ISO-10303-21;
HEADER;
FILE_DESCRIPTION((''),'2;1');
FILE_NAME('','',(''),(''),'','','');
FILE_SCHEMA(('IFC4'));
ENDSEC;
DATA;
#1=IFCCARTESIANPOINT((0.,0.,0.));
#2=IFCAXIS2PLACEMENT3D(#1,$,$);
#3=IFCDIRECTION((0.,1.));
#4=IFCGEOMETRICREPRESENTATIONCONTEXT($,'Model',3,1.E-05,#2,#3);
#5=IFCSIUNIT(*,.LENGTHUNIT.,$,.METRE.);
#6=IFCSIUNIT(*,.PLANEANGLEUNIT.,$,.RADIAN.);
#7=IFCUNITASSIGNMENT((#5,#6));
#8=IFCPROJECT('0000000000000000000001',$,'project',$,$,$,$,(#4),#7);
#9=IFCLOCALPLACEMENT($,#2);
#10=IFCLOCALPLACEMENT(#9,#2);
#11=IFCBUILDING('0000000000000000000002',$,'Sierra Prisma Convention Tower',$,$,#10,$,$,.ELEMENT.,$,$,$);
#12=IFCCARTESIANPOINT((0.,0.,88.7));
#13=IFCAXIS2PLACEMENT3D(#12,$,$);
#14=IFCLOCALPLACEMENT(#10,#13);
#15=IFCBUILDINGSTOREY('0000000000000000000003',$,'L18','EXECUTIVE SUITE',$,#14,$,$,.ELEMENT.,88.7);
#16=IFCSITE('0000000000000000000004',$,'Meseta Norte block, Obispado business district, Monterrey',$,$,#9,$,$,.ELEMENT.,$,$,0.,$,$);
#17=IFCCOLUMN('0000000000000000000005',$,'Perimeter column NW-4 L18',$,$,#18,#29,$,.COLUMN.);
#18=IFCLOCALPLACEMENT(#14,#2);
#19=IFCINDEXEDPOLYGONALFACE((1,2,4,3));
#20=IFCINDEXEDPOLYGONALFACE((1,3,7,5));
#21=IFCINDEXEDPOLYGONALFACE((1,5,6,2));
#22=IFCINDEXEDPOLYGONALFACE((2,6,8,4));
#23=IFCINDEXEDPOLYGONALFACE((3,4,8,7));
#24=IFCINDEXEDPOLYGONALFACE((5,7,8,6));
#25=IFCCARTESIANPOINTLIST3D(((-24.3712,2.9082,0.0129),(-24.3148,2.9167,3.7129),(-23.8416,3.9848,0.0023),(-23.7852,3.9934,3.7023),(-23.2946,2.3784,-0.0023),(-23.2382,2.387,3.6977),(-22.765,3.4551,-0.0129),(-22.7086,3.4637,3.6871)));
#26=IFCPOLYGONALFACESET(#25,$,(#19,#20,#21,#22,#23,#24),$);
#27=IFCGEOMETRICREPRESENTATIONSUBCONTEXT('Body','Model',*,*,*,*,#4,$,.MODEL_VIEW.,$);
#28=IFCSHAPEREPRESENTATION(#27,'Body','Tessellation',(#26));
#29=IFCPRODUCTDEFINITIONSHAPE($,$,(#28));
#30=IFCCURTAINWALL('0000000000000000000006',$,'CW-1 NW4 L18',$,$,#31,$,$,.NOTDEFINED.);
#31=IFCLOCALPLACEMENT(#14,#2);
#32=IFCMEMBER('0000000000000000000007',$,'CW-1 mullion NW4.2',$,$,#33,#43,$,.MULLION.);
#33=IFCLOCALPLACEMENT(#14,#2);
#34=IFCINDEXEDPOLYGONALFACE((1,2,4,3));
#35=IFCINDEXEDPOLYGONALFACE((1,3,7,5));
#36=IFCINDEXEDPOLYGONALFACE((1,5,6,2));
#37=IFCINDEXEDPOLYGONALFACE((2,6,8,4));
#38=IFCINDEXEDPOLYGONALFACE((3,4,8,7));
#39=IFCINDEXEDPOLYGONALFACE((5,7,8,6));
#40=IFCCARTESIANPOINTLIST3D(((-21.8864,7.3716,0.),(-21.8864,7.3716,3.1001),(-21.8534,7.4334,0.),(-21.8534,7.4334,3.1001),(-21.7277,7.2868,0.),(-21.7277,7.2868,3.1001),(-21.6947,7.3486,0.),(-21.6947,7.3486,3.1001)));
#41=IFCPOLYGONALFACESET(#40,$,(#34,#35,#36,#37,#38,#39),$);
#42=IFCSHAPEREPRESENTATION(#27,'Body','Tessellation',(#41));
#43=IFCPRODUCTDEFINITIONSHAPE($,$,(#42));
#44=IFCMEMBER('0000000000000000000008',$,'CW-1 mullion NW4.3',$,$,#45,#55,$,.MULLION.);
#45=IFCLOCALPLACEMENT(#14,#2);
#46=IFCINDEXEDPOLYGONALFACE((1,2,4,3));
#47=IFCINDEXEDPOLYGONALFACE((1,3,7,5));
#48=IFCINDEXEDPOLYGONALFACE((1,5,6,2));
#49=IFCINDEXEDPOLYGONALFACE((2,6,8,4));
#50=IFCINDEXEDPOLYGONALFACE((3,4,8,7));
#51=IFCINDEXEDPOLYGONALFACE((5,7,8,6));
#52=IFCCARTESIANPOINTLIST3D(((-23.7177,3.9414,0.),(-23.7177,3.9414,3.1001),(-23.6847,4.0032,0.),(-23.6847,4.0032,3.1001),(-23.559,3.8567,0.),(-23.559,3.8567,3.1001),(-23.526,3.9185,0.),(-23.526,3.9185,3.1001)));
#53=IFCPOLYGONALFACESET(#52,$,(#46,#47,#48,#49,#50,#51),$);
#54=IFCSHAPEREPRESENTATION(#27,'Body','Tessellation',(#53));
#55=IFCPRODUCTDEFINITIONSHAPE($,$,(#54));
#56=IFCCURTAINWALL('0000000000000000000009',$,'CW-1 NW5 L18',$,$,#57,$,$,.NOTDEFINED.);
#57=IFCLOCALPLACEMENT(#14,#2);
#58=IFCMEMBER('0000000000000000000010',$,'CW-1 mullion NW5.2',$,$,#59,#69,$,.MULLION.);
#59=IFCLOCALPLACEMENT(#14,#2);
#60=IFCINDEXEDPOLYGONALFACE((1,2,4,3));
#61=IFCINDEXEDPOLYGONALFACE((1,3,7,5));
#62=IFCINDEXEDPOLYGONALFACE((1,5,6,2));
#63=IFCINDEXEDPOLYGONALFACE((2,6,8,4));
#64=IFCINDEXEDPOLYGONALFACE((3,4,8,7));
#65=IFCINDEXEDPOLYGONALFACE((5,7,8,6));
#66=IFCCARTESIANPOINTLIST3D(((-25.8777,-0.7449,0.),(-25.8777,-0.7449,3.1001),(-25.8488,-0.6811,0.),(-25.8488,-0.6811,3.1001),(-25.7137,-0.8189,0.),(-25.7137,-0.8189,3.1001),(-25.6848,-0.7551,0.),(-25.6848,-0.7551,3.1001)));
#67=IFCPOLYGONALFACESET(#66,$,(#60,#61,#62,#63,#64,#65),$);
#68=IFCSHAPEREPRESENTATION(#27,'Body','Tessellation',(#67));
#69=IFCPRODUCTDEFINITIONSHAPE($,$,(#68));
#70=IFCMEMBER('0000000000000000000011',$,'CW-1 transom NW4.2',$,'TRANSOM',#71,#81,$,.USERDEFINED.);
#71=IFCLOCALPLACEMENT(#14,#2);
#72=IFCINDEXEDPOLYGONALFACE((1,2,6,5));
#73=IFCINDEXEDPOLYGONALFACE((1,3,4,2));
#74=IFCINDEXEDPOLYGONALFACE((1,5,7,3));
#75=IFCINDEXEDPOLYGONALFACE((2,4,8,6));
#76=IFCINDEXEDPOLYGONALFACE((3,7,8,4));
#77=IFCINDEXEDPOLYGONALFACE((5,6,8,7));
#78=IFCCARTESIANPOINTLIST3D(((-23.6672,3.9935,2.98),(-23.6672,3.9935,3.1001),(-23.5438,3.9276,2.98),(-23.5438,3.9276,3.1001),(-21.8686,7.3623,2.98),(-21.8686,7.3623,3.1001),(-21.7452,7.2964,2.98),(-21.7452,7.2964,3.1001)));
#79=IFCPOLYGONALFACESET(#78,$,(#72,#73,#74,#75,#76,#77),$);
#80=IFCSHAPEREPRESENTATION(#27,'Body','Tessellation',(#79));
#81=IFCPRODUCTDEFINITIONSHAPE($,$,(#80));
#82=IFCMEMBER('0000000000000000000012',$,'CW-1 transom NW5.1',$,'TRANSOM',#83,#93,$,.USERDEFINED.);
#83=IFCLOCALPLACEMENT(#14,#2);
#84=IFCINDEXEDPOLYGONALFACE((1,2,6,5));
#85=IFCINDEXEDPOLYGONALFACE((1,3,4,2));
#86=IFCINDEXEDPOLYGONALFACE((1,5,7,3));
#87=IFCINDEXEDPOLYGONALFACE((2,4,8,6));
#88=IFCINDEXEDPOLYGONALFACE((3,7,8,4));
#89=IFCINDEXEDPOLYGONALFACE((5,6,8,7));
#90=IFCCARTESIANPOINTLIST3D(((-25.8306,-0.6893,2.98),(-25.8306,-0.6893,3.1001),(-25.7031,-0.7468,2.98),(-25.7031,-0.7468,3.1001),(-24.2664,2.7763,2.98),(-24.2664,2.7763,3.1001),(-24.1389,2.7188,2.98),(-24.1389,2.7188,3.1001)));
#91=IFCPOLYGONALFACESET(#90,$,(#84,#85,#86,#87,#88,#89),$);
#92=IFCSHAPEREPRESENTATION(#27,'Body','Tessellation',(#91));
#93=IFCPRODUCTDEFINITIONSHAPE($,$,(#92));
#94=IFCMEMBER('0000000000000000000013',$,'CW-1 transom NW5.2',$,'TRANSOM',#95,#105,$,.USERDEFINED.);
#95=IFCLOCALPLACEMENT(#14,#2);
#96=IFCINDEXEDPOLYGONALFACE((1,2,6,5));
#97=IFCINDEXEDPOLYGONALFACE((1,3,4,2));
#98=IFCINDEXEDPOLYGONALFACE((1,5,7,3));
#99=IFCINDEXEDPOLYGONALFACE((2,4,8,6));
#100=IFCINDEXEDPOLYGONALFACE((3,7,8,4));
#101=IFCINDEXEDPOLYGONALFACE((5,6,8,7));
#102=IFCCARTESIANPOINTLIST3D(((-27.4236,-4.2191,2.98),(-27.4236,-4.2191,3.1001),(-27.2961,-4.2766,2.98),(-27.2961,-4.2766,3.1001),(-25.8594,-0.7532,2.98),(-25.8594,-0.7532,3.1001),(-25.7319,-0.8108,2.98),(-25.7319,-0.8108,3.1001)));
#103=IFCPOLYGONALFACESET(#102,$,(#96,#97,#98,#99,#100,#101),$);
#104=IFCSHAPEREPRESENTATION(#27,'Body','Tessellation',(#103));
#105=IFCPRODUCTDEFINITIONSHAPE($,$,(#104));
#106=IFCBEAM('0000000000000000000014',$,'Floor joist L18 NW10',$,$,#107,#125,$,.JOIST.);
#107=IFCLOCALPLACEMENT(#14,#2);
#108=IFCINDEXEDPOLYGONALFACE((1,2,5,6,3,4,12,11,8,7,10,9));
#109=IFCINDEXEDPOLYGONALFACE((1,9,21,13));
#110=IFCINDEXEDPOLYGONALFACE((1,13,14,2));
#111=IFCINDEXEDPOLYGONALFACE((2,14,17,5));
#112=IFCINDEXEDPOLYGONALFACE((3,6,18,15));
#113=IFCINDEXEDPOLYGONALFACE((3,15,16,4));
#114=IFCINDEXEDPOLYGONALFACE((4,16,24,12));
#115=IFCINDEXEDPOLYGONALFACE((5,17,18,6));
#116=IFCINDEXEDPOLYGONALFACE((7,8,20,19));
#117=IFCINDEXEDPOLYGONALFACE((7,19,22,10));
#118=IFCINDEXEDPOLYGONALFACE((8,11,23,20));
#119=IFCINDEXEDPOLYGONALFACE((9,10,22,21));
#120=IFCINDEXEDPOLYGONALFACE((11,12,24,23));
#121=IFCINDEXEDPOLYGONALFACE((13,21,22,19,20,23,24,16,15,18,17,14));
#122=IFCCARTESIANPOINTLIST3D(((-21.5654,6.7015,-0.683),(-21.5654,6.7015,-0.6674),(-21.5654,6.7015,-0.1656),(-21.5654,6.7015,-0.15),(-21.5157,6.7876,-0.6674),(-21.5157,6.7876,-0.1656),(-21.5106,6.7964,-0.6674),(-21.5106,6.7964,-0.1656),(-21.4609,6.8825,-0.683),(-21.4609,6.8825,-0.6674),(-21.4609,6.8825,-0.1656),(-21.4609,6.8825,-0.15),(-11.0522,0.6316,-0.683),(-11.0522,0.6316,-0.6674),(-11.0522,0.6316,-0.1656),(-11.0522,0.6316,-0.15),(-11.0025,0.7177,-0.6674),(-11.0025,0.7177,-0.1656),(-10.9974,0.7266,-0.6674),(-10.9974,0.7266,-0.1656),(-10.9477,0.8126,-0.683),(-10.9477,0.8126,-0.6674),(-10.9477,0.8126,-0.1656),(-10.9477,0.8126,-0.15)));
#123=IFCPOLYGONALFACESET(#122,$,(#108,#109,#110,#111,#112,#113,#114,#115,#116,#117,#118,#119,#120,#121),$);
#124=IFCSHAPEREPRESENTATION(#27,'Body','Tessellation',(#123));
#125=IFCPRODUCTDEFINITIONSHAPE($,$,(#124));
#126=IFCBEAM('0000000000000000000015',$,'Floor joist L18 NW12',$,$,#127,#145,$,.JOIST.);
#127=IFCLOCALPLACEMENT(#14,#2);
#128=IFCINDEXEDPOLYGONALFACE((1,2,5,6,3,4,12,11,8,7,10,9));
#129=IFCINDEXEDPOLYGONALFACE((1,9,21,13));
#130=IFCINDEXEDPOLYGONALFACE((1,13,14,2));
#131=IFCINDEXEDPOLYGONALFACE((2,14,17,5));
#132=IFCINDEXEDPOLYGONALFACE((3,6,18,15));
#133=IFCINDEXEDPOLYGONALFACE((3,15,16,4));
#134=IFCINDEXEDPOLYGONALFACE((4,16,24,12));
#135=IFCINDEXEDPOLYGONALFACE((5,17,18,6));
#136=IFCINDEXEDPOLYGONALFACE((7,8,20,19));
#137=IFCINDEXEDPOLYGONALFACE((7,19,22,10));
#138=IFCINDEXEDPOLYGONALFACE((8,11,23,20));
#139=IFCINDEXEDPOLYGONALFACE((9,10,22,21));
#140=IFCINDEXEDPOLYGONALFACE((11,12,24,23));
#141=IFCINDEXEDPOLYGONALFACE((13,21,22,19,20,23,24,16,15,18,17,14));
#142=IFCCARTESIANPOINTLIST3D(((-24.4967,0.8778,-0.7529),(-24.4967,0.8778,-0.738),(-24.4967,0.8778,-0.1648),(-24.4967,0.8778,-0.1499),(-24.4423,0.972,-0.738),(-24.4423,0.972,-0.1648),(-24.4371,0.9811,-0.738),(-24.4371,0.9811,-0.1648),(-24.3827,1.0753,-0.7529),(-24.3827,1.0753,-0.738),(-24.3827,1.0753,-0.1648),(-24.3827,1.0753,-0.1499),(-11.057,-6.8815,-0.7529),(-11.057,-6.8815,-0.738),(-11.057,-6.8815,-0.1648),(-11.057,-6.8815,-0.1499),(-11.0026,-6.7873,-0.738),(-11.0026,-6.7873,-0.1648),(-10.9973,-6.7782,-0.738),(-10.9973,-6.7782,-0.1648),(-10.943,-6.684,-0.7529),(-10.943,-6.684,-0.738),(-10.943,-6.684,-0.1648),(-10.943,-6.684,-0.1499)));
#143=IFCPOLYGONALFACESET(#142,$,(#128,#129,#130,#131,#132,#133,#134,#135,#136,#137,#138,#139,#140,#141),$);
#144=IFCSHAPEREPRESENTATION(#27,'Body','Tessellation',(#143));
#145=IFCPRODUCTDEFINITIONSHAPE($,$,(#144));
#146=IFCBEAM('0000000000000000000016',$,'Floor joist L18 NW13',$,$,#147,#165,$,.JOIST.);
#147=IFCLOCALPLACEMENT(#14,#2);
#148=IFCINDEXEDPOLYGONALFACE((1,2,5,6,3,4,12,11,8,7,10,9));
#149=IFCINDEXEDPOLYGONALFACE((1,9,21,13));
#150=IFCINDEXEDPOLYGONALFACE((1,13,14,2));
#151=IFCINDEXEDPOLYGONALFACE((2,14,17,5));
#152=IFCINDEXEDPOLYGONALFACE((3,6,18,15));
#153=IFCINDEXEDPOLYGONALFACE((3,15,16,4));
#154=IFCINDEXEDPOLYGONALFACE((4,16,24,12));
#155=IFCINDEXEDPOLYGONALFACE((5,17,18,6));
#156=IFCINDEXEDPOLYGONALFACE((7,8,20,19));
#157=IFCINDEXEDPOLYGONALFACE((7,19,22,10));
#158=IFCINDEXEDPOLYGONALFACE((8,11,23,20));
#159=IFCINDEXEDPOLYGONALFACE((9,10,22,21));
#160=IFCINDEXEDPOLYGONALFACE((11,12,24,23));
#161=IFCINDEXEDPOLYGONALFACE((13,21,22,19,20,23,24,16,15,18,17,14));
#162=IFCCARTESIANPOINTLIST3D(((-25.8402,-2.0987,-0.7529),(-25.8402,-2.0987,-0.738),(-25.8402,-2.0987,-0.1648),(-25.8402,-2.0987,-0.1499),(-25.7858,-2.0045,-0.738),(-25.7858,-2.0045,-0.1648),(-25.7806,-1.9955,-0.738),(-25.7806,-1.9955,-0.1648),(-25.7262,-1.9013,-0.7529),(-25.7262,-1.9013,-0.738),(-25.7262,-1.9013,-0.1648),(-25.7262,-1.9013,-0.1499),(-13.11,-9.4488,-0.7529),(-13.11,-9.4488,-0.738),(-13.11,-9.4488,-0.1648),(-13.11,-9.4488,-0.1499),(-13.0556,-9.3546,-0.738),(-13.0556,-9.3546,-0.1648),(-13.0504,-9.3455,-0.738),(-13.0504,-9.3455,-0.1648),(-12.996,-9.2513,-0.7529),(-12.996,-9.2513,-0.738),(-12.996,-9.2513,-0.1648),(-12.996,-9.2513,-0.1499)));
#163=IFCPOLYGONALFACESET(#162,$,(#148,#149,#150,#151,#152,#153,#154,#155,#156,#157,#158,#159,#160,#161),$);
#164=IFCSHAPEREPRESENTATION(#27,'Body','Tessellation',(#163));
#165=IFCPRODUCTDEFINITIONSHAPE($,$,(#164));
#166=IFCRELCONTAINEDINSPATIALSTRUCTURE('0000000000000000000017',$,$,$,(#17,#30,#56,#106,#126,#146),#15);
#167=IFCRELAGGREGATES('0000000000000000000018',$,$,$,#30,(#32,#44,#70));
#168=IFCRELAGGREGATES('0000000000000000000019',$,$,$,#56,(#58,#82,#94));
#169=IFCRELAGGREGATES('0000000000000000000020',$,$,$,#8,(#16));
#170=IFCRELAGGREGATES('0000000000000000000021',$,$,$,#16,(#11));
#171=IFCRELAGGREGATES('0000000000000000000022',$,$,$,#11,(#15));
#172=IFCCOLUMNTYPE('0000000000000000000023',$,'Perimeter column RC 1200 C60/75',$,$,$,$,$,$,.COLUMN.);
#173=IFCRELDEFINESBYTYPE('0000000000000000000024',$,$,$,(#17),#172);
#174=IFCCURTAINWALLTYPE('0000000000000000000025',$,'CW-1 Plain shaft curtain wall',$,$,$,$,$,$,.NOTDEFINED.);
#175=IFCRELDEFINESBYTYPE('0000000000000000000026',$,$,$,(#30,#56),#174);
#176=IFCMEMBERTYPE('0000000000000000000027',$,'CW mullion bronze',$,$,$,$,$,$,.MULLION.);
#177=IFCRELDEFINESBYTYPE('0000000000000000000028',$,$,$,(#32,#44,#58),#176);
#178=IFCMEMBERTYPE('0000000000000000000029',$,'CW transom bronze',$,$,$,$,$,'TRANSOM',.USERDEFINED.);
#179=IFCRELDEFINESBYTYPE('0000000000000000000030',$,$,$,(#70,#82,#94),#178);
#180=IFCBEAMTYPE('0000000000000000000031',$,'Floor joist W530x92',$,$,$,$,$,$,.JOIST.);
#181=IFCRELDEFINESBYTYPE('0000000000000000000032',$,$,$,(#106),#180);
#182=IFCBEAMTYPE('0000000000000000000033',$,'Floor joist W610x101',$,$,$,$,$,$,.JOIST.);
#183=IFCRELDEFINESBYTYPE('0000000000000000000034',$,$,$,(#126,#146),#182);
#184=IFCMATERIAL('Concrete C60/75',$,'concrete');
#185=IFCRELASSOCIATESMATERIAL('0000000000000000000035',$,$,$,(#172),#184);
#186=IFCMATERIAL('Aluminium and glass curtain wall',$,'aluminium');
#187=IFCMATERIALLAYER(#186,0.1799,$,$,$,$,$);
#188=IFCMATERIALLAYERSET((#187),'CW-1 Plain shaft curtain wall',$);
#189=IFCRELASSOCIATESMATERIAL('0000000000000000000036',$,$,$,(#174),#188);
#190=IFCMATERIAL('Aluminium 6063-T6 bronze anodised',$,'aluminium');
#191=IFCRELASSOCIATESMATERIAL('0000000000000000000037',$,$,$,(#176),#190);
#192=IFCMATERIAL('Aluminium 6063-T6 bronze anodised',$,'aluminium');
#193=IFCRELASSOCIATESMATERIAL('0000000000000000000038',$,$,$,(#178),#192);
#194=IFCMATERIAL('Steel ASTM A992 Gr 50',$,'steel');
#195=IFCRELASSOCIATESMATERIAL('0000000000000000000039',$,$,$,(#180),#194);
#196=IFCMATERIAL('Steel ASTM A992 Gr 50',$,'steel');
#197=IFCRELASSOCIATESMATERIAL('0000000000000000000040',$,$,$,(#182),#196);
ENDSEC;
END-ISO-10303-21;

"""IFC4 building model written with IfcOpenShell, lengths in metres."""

from ifc_helpers import new_model, si_unit, direction, frame, origin, origin_2d, place, context, subcontext, project, spatial, rectangle, i_section, extrude, material, layer, layer_set, material_profile, profile_set, type_object, element, aggregate, save


model = new_model("IFC4")

# Units and contexts
model_context = context("Model", 3, precision=1e-05, world=origin(), true_north=direction((0.0, 1.0)))
body_context = subcontext(model_context, "Body", "Model", "MODEL_VIEW")
ifc_project = project(units=[si_unit("LENGTHUNIT", "METRE"), si_unit("PLANEANGLEUNIT", "RADIAN")], contexts=[model_context])

# Site, building, storey
site_placement = place(None, origin())
site = spatial("IfcSite", under=ifc_project, at=site_placement, Name="Meseta Norte block, Obispado business district, Monterrey", CompositionType="ELEMENT", RefElevation=0.0)
building_placement = place(site_placement, origin())
building = spatial("IfcBuilding", under=site, at=building_placement, Name="Sierra Prisma Convention Tower", CompositionType="ELEMENT")
storey_placement = place(building_placement, frame((0.0, 0.0, 88.7)))
storey = spatial("IfcBuildingStorey", under=building, at=storey_placement, Name="L18", Description="EXECUTIVE SUITE", CompositionType="ELEMENT", Elevation=88.7)

# Column
ifc_material_1 = material(Name="Concrete C60/75", Category="concrete")
ifc_material_profile_1 = material_profile(ifc_material_1, rectangle(XDim=1.2, YDim=1.2, at=origin_2d()), Name="Perimeter column RC 1200 C60/75")
ifc_profile_set_1 = profile_set([ifc_material_profile_1], Name="Concrete C60/75")
column_type = type_object("IfcColumnType", Name="Perimeter column RC 1200 C60/75", PredefinedType="COLUMN", material=ifc_profile_set_1)
column_placement = place(storey_placement, frame((-23.5681, 3.1816, 0.0), z_axis=(0.015241, 0.002309, 0.999881), x_axis=(0.441368, 0.897283, -0.0088)))
element("IfcColumn", 1, at=column_placement, inside=storey, type_object=column_type, Name="Perimeter column NW-4 L18", PredefinedType="COLUMN", context=body_context, shape_type="SweptSolid", body=[
    extrude(rectangle(XDim=1.2, YDim=1.2, at=origin_2d()), origin(), (0.0, 0.0, 1.0), 3.7004),
])

# Curtain wall, members
ifc_material_2 = material(Name="Aluminium and glass curtain wall", Category="aluminium")
ifc_layer_1 = layer(ifc_material_2, 0.1799)
ifc_layer_set_1 = layer_set([ifc_layer_1], Name="CW-1 Plain shaft curtain wall")
curtain_wall_type = type_object("IfcCurtainWallType", Name="CW-1 Plain shaft curtain wall", PredefinedType="NOTDEFINED", material=ifc_layer_set_1)
curtain_wall_1_placement = place(storey_placement, origin())
curtain_wall_1 = element("IfcCurtainWall", 2, at=curtain_wall_1_placement, inside=storey, type_object=curtain_wall_type, Name="CW-1 NW4 L18", PredefinedType="NOTDEFINED")
ifc_material_3 = material(Name="Aluminium 6063-T6 bronze anodised", Category="aluminium")
ifc_material_profile_2 = material_profile(ifc_material_3, rectangle(XDim=0.1799, YDim=0.0701, at=origin_2d()), Name="ALU MULLION 70x180")
ifc_profile_set_2 = profile_set([ifc_material_profile_2], Name="Aluminium 6063-T6 bronze anodised")
member_type_1 = type_object("IfcMemberType", Name="CW mullion bronze", PredefinedType="MULLION", material=ifc_profile_set_2)
member_1_placement = place(storey_placement, frame((-21.7905, 7.3601, 0.0), z_axis=(0.0, 0.0, 1.0), x_axis=(0.88215, -0.470969, 0.0)))
member_1 = element("IfcMember", 3, at=member_1_placement, type_object=member_type_1, Name="CW-1 mullion NW4.2", PredefinedType="MULLION", context=body_context, shape_type="SweptSolid", body=[
    extrude(rectangle(XDim=0.1799, YDim=0.0701, at=origin_2d()), origin(), (0.0, 0.0, 1.0), 3.1001),
])
member_2_placement = place(storey_placement, frame((-23.6218, 3.9299, 0.0), z_axis=(0.0, 0.0, 1.0), x_axis=(0.88215, -0.470969, 0.0)))
member_2 = element("IfcMember", 4, at=member_2_placement, type_object=member_type_1, Name="CW-1 mullion NW4.3", PredefinedType="MULLION", context=body_context, shape_type="SweptSolid", body=[
    extrude(rectangle(XDim=0.1799, YDim=0.0701, at=origin_2d()), origin(), (0.0, 0.0, 1.0), 3.1001),
])

# Curtain wall, member
curtain_wall_2_placement = place(storey_placement, origin())
curtain_wall_2 = element("IfcCurtainWall", 5, at=curtain_wall_2_placement, inside=storey, type_object=curtain_wall_type, Name="CW-1 NW5 L18", PredefinedType="NOTDEFINED")
member_3_placement = place(storey_placement, frame((-25.7812, -0.75, 0.0), z_axis=(0.0, 0.0, 1.0), x_axis=(0.911463, -0.411382, 0.0)))
member_3 = element("IfcMember", 6, at=member_3_placement, type_object=member_type_1, Name="CW-1 mullion NW5.2", PredefinedType="MULLION", context=body_context, shape_type="SweptSolid", body=[
    extrude(rectangle(XDim=0.1799, YDim=0.0701, at=origin_2d()), origin(), (0.0, 0.0, 1.0), 3.1001),
])

# Members
ifc_material_4 = material(Name="Aluminium 6063-T6 bronze anodised", Category="aluminium")
ifc_material_profile_3 = material_profile(ifc_material_4, rectangle(XDim=0.1399, YDim=0.1201, at=origin_2d()), Name="ALU TRANSOM 120x140")
ifc_profile_set_3 = profile_set([ifc_material_profile_3], Name="Aluminium 6063-T6 bronze anodised")
member_type_2 = type_object("IfcMemberType", Name="CW transom bronze", ElementType="TRANSOM", PredefinedType="USERDEFINED", material=ifc_profile_set_3)
member_4_placement = place(storey_placement, frame((-21.8069, 7.3293, 3.04), z_axis=(-0.47099, -0.882139, 0.0), x_axis=(0.882139, -0.47099, 0.0)))
member_4 = element("IfcMember", 7, at=member_4_placement, type_object=member_type_2, Name="CW-1 transom NW4.2", ObjectType="TRANSOM", PredefinedType="USERDEFINED", context=body_context, shape_type="SweptSolid", body=[
    extrude(rectangle(XDim=0.1399, YDim=0.1201, at=origin_2d()), origin(), (0.0, 0.0, 1.0), 3.8188),
])
member_5_placement = place(storey_placement, frame((-24.2026, 2.7476, 3.04), z_axis=(-0.411392, -0.911458, 0.0), x_axis=(0.911458, -0.411392, 0.0)))
member_5 = element("IfcMember", 8, at=member_5_placement, type_object=member_type_2, Name="CW-1 transom NW5.1", ObjectType="TRANSOM", PredefinedType="USERDEFINED", context=body_context, shape_type="SweptSolid", body=[
    extrude(rectangle(XDim=0.1399, YDim=0.1201, at=origin_2d()), origin(), (0.0, 0.0, 1.0), 3.8022),
])
member_6_placement = place(storey_placement, frame((-25.7957, -0.782, 3.04), z_axis=(-0.411368, -0.911469, 0.0), x_axis=(0.911469, -0.411368, 0.0)))
member_6 = element("IfcMember", 9, at=member_6_placement, type_object=member_type_2, Name="CW-1 transom NW5.2", ObjectType="TRANSOM", PredefinedType="USERDEFINED", context=body_context, shape_type="SweptSolid", body=[
    extrude(rectangle(XDim=0.1399, YDim=0.1201, at=origin_2d()), origin(), (0.0, 0.0, 1.0), 3.8025),
])

# Beams
ifc_material_5 = material(Name="Steel ASTM A992 Gr 50", Category="steel")
ifc_material_profile_4 = material_profile(ifc_material_5, i_section(OverallWidth=0.209, OverallDepth=0.533, WebThickness=0.0103, FlangeThickness=0.0156, at=origin_2d()), Name="W530x92")
ifc_profile_set_4 = profile_set([ifc_material_profile_4], Name="Steel ASTM A992 Gr 50")
beam_type_1 = type_object("IfcBeamType", Name="Floor joist W530x92", PredefinedType="JOIST", material=ifc_profile_set_4)
beam_1_placement = place(storey_placement, frame((-21.5132, 6.792, -0.4165), z_axis=(0.866024, -0.500002, 0.0), x_axis=(0.500002, 0.866024, 0.0)))
element("IfcBeam", 10, at=beam_1_placement, inside=storey, type_object=beam_type_1, Name="Floor joist L18 NW10", PredefinedType="JOIST", context=body_context, shape_type="SweptSolid", body=[
    extrude(i_section(OverallWidth=0.209, OverallDepth=0.533, WebThickness=0.0103, FlangeThickness=0.0156, at=origin_2d()), origin(), (0.0, 0.0, 1.0), 12.1396),
])
ifc_material_6 = material(Name="Steel ASTM A992 Gr 50", Category="steel")
ifc_material_profile_5 = material_profile(ifc_material_6, i_section(OverallWidth=0.228, OverallDepth=0.603, WebThickness=0.0105, FlangeThickness=0.0149, at=origin_2d()), Name="W610x101")
ifc_profile_set_5 = profile_set([ifc_material_profile_5], Name="Steel ASTM A992 Gr 50")
beam_type_2 = type_object("IfcBeamType", Name="Floor joist W610x101", PredefinedType="JOIST", material=ifc_profile_set_5)
beam_2_placement = place(storey_placement, frame((-24.4397, 0.9766, -0.4514), z_axis=(0.866029, -0.499993, 0.0), x_axis=(0.499993, 0.866029, 0.0)))
element("IfcBeam", 11, at=beam_2_placement, inside=storey, type_object=beam_type_2, Name="Floor joist L18 NW12", PredefinedType="JOIST", context=body_context, shape_type="SweptSolid", body=[
    extrude(i_section(OverallWidth=0.228, OverallDepth=0.603, WebThickness=0.0105, FlangeThickness=0.0149, at=origin_2d()), origin(), (0.0, 0.0, 1.0), 15.5188),
])
beam_3_placement = place(storey_placement, frame((-25.7832, -2.0, -0.4514), z_axis=(0.866017, -0.500015, 0.0), x_axis=(0.500015, 0.866017, 0.0)))
element("IfcBeam", 12, at=beam_3_placement, inside=storey, type_object=beam_type_2, Name="Floor joist L18 NW13", PredefinedType="JOIST", context=body_context, shape_type="SweptSolid", body=[
    extrude(i_section(OverallWidth=0.228, OverallDepth=0.603, WebThickness=0.0105, FlangeThickness=0.0149, at=origin_2d()), origin(), (0.0, 0.0, 1.0), 14.6997),
])

aggregate(curtain_wall_1, [member_1, member_2, member_4])
aggregate(curtain_wall_2, [member_3, member_5, member_6])

save(model, "model.ifc")
